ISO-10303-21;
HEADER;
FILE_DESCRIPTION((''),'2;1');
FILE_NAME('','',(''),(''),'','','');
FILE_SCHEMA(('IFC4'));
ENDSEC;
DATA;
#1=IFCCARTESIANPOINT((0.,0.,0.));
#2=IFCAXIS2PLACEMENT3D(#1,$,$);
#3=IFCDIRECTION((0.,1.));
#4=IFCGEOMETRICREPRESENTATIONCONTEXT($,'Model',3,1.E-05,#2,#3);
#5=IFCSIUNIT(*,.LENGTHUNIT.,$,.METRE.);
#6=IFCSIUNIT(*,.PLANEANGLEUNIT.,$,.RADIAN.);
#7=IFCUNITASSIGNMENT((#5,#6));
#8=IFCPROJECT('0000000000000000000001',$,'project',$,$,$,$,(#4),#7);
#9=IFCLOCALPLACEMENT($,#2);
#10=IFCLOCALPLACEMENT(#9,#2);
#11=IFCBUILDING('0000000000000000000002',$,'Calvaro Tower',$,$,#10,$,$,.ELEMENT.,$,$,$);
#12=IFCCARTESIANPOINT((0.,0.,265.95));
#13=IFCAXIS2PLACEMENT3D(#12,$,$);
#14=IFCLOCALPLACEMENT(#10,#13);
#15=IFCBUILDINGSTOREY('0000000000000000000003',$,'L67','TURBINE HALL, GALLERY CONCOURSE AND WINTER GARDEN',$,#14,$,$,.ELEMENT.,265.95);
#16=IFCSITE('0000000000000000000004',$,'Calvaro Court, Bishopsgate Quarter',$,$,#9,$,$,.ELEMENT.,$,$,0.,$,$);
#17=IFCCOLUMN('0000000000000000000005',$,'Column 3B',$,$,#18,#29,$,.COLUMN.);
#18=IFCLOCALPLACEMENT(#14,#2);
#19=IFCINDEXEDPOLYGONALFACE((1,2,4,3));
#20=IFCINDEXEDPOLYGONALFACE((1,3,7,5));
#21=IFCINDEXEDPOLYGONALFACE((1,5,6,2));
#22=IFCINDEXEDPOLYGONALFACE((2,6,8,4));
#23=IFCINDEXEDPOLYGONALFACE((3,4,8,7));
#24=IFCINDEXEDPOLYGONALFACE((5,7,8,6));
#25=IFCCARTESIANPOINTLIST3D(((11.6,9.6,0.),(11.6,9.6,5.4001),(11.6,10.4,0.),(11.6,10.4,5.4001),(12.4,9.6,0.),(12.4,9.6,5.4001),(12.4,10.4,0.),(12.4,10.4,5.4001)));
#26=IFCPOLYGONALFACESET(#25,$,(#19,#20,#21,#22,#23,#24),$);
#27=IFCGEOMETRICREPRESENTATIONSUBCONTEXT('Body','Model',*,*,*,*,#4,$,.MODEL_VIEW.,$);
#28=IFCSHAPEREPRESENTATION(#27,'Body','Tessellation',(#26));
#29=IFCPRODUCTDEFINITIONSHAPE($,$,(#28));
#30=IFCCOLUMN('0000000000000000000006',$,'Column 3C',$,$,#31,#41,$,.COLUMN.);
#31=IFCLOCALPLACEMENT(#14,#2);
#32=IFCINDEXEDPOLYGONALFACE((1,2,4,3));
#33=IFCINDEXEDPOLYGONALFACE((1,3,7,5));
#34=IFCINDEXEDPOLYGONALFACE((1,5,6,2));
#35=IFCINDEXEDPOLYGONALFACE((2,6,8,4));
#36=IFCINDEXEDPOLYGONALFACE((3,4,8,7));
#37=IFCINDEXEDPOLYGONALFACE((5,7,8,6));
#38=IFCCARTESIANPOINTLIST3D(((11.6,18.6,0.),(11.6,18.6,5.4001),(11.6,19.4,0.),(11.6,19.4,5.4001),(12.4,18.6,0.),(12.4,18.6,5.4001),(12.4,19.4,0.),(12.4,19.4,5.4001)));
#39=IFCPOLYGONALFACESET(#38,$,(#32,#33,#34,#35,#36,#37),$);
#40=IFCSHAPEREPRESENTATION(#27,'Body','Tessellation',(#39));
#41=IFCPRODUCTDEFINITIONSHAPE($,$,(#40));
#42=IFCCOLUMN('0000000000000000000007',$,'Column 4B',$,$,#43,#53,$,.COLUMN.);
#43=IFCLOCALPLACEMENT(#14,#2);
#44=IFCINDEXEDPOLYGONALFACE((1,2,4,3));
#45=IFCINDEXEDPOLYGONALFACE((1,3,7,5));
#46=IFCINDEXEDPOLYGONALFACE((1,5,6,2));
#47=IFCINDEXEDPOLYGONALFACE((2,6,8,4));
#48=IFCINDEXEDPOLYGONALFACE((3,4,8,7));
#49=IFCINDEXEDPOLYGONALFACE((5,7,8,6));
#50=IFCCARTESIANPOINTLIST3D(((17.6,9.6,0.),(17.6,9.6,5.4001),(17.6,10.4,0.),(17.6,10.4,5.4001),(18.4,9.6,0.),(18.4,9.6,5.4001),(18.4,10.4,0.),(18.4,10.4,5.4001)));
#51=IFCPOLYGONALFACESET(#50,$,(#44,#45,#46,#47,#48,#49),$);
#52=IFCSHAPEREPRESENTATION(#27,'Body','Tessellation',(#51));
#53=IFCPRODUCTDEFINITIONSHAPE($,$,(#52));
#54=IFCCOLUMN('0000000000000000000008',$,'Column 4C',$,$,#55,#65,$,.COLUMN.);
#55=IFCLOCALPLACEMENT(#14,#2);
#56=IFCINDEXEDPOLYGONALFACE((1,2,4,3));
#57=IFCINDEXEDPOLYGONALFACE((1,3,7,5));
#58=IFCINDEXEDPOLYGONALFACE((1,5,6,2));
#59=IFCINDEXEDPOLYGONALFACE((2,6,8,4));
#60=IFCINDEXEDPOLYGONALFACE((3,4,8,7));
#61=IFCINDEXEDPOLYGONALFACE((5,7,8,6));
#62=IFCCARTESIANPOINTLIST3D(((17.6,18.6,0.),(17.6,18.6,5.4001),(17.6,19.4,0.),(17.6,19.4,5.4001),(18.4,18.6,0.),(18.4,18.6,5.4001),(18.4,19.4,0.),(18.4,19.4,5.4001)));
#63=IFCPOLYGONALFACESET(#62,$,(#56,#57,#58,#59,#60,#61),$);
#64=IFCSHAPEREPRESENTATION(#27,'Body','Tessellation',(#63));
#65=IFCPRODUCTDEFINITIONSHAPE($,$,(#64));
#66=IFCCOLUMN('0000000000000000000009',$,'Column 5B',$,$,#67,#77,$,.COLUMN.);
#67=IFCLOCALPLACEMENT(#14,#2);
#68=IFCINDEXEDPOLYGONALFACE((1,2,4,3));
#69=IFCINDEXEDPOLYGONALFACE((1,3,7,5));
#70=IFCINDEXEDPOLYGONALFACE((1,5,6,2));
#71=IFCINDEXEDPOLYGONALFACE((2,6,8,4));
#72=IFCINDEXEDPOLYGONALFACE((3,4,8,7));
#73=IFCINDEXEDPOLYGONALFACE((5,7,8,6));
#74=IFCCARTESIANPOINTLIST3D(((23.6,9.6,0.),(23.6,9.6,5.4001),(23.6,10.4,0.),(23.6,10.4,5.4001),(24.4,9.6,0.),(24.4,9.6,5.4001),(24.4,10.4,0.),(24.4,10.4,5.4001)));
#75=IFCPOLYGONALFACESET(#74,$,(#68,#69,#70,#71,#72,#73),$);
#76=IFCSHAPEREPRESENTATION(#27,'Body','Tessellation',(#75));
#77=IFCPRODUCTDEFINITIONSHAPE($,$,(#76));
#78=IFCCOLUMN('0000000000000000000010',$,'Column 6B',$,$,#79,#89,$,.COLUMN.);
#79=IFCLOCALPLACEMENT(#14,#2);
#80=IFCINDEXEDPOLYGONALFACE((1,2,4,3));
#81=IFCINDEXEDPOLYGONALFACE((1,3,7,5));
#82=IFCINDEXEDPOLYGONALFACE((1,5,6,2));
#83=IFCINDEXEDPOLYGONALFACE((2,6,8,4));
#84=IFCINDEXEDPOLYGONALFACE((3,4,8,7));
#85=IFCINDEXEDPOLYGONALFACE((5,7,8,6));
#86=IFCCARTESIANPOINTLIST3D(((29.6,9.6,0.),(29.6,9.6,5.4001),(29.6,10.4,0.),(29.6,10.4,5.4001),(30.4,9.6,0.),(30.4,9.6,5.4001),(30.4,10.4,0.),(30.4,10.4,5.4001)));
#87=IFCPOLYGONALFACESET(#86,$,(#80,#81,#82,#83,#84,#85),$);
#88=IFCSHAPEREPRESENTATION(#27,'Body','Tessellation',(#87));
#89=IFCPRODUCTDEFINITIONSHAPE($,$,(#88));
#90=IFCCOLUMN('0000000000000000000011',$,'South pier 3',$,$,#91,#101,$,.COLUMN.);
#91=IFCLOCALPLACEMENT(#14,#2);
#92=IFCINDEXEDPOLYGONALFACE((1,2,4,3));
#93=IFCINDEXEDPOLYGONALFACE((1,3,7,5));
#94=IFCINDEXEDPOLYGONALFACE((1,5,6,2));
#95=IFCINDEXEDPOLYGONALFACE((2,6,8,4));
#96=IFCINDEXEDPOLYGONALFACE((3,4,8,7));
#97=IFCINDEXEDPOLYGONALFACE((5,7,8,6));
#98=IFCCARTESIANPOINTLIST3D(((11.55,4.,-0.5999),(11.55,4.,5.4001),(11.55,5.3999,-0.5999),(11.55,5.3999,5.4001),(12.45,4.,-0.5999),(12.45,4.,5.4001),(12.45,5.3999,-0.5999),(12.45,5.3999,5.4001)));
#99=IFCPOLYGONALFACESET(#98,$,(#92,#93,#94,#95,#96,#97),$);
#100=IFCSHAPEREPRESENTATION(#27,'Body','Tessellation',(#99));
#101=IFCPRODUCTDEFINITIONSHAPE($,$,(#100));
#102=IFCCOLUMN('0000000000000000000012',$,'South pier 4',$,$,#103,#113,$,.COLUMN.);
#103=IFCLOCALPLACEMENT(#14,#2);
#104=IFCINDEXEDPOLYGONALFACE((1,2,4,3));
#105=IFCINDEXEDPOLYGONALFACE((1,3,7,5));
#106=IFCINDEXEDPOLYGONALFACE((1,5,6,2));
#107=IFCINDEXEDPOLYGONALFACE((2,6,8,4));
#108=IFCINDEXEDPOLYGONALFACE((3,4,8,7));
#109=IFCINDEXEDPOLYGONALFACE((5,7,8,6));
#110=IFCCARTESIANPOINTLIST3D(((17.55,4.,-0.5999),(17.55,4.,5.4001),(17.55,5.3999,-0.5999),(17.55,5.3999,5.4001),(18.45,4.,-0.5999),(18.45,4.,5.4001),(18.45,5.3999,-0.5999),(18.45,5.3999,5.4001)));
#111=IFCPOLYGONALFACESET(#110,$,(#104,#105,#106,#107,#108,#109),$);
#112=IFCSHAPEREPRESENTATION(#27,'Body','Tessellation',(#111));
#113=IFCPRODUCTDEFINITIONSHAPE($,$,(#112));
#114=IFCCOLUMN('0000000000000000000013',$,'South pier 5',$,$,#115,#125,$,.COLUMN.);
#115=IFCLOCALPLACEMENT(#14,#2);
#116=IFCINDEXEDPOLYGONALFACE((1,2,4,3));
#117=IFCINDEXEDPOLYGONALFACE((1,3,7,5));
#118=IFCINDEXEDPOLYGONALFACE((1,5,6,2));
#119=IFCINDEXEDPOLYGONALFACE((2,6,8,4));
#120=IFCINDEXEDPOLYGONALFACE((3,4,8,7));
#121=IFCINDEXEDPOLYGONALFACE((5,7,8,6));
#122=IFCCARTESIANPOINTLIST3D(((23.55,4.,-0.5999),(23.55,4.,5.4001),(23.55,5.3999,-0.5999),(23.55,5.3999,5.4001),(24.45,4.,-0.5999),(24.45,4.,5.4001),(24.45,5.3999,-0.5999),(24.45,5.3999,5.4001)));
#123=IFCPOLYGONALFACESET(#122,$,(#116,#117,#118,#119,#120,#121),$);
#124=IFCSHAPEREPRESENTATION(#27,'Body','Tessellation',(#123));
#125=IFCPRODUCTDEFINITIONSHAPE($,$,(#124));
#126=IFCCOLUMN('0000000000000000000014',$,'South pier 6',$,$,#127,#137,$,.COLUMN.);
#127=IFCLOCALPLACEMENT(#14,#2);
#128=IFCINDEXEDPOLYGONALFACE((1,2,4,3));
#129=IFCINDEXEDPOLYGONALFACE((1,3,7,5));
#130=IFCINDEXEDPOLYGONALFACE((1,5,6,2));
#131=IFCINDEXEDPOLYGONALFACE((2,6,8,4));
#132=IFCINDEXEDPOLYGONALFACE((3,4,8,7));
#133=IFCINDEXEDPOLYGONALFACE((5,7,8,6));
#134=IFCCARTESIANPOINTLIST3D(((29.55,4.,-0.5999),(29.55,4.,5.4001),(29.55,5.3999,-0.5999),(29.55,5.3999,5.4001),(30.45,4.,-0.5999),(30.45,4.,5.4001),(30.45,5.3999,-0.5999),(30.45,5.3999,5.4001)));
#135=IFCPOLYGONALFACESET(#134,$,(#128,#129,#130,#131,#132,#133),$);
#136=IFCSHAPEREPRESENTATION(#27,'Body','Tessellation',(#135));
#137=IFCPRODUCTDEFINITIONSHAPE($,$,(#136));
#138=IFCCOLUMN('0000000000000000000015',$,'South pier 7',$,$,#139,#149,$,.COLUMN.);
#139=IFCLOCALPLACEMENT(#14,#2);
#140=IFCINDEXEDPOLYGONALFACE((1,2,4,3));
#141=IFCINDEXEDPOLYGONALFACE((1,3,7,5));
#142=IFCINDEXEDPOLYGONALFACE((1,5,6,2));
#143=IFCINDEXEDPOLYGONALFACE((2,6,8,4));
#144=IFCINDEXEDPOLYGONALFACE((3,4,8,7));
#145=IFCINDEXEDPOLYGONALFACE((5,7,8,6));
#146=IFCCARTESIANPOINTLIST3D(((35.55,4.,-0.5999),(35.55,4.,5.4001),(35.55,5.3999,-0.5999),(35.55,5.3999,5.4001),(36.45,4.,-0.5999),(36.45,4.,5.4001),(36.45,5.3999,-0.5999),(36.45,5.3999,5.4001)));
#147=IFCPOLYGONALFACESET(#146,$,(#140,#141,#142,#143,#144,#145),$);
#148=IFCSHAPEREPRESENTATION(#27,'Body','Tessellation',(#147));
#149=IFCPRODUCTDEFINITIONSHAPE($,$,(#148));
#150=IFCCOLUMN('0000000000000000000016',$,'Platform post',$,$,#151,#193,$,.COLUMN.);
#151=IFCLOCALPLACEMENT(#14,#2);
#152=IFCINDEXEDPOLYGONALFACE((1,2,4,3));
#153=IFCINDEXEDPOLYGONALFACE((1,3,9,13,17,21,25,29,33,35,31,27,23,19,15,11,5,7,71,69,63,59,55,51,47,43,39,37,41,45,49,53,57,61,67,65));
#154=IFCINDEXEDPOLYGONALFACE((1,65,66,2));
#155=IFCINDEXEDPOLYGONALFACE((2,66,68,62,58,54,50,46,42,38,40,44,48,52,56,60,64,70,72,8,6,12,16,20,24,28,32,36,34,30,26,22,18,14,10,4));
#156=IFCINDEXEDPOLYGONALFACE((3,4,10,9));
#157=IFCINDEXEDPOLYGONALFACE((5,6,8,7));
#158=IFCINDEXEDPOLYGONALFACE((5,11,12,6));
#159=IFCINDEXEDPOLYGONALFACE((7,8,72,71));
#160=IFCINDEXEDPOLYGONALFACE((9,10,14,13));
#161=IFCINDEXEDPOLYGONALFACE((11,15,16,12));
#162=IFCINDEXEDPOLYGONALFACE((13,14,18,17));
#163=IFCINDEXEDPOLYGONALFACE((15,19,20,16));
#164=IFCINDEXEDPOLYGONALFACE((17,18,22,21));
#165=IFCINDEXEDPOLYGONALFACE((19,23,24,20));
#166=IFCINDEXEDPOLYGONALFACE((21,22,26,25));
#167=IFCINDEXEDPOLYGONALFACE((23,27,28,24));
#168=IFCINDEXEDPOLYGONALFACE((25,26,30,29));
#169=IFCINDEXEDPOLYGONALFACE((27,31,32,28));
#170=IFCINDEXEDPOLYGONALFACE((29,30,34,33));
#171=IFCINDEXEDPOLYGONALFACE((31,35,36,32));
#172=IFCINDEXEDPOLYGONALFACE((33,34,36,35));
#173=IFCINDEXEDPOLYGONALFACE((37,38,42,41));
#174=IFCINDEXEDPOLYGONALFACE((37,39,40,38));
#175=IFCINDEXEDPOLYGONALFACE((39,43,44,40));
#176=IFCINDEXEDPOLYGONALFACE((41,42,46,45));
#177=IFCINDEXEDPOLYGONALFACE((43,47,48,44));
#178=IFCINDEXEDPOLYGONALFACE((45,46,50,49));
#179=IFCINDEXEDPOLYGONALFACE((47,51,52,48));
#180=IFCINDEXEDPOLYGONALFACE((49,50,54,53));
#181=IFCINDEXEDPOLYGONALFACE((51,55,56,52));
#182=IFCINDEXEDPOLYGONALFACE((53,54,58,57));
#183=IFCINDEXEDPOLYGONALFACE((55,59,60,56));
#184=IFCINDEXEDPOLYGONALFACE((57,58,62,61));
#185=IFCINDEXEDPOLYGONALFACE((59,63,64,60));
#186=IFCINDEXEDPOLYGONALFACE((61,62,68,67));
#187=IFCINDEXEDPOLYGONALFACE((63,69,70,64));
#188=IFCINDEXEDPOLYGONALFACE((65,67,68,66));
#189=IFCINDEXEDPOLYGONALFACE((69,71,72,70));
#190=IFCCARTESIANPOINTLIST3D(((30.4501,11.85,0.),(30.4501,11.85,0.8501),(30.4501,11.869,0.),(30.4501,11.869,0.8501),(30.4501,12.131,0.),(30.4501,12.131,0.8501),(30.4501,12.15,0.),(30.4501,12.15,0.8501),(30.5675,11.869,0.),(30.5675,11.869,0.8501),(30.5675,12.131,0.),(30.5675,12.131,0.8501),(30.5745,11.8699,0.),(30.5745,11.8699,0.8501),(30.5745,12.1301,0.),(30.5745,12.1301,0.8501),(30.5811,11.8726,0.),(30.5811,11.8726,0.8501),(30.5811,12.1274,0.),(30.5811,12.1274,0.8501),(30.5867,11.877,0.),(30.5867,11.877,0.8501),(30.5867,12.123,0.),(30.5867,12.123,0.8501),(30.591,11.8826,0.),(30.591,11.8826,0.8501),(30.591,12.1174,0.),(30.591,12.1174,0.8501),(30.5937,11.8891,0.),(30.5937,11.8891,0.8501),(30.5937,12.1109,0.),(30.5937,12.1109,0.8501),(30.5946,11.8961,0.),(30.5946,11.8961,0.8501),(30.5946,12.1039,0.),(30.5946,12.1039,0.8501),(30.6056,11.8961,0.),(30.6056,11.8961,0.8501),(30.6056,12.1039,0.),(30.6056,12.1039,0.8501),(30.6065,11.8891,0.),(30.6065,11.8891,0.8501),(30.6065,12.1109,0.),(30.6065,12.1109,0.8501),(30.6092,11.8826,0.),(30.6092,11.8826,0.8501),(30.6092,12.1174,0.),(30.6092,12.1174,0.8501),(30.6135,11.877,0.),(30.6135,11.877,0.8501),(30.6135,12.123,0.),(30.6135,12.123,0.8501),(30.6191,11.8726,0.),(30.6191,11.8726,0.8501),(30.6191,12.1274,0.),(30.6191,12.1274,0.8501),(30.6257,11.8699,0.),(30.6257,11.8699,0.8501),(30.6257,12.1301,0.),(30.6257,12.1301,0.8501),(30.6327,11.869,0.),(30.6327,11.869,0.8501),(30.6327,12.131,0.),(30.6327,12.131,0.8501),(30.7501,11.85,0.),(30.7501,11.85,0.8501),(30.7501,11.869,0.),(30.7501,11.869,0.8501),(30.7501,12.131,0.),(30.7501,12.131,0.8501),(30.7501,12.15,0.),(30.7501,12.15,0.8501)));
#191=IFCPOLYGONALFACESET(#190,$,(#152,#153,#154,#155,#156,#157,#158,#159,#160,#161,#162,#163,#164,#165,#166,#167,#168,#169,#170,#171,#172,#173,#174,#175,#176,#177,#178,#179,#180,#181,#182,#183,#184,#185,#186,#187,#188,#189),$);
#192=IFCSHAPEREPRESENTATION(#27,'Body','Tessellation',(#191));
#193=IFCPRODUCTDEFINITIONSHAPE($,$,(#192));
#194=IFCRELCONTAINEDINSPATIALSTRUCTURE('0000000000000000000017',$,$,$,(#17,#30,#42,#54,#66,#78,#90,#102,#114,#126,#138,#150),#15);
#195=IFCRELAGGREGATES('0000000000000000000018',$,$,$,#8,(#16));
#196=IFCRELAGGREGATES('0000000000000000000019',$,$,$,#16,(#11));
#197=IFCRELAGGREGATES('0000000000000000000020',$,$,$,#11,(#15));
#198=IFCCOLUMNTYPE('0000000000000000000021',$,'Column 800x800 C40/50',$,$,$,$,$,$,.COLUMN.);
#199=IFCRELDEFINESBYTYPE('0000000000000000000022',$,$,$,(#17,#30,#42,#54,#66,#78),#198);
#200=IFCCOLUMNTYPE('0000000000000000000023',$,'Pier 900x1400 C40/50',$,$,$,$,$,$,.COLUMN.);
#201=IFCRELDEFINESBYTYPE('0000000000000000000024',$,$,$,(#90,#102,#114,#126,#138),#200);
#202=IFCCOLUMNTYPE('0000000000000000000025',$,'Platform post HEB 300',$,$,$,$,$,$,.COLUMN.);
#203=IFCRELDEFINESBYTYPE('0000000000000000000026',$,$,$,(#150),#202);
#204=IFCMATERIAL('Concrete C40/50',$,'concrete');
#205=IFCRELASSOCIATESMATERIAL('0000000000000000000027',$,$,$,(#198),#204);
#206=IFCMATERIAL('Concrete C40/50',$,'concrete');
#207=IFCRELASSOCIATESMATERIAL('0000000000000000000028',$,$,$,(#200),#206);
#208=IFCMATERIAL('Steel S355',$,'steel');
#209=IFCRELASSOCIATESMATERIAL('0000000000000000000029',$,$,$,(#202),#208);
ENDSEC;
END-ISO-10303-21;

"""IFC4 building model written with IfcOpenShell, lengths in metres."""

from ifc_helpers import new_model, si_unit, direction, frame, origin, origin_2d, place, context, subcontext, project, spatial, rectangle, i_section, extrude, material, material_profile, profile_set, type_object, element, save


model = new_model("IFC4")

# Units and contexts
model_context = context("Model", 3, precision=1e-05, world=origin(), true_north=direction((0.0, 1.0)))
body_context = subcontext(model_context, "Body", "Model", "MODEL_VIEW")
ifc_project = project(units=[si_unit("LENGTHUNIT", "METRE"), si_unit("PLANEANGLEUNIT", "RADIAN")], contexts=[model_context])

# Site, building, storey
site_placement = place(None, origin())
site = spatial("IfcSite", under=ifc_project, at=site_placement, Name="Calvaro Court, Bishopsgate Quarter", CompositionType="ELEMENT", RefElevation=0.0)
building_placement = place(site_placement, origin())
building = spatial("IfcBuilding", under=site, at=building_placement, Name="Calvaro Tower", CompositionType="ELEMENT")
storey_placement = place(building_placement, frame((0.0, 0.0, 265.95)))
storey = spatial("IfcBuildingStorey", under=building, at=storey_placement, Name="L67", Description="TURBINE HALL, GALLERY CONCOURSE AND WINTER GARDEN", CompositionType="ELEMENT", Elevation=265.95)

# Columns
ifc_material_1 = material(Name="Concrete C40/50", Category="concrete")
ifc_material_profile_1 = material_profile(ifc_material_1, rectangle(XDim=0.8, YDim=0.8, at=origin_2d()), Name="RC 800x800")
ifc_profile_set_1 = profile_set([ifc_material_profile_1], Name="Concrete C40/50")
column_type_1 = type_object("IfcColumnType", Name="Column 800x800 C40/50", PredefinedType="COLUMN", material=ifc_profile_set_1)
for number, where, z_axis, x_axis, name in (
    (1, (12.0, 10.0, 0.0), (0.0, 0.0, 1.0), (1.0, 0.0, 0.0), "Column 3B"),
    (2, (12.0, 19.0, 0.0), (0.0, 0.0, 1.0), (1.0, 0.0, 0.0), "Column 3C"),
    (3, (18.0, 10.0, 0.0), (0.0, 0.0, 1.0), (1.0, 0.0, 0.0), "Column 4B"),
    (4, (18.0, 19.0, 0.0), (0.0, 0.0, 1.0), (1.0, 0.0, 0.0), "Column 4C"),
    (5, (24.0, 10.0, 0.0), (0.0, 0.0, 1.0), (1.0, 0.0, 0.0), "Column 5B"),
    (6, (30.0, 10.0, 0.0), (0.0, 0.0, 1.0), (1.0, 0.0, 0.0), "Column 6B"),
):
    element("IfcColumn", number, at=place(storey_placement, frame(where, z_axis=z_axis, x_axis=x_axis)), inside=storey, type_object=column_type_1, Name=name, PredefinedType="COLUMN", context=body_context, shape_type="SweptSolid", body=[
        extrude(rectangle(XDim=0.8, YDim=0.8, at=origin_2d()), origin(), (0.0, 0.0, 1.0), 5.4001),
    ])
ifc_material_2 = material(Name="Concrete C40/50", Category="concrete")
ifc_material_profile_2 = material_profile(ifc_material_2, rectangle(XDim=0.8999, YDim=1.3999, at=origin_2d()), Name="RC 900x1400")
ifc_profile_set_2 = profile_set([ifc_material_profile_2], Name="Concrete C40/50")
column_type_2 = type_object("IfcColumnType", Name="Pier 900x1400 C40/50", PredefinedType="COLUMN", material=ifc_profile_set_2)
for number, where, z_axis, x_axis, name in (
    (7, (12.0, 4.7, -0.5999), (0.0, 0.0, 1.0), (1.0, 0.0, 0.0), "South pier 3"),
    (8, (18.0, 4.7, -0.5999), (0.0, 0.0, 1.0), (1.0, 0.0, 0.0), "South pier 4"),
    (9, (24.0, 4.7, -0.5999), (0.0, 0.0, 1.0), (1.0, 0.0, 0.0), "South pier 5"),
    (10, (30.0, 4.7, -0.5999), (0.0, 0.0, 1.0), (1.0, 0.0, 0.0), "South pier 6"),
    (11, (36.0, 4.7, -0.5999), (0.0, 0.0, 1.0), (1.0, 0.0, 0.0), "South pier 7"),
):
    element("IfcColumn", number, at=place(storey_placement, frame(where, z_axis=z_axis, x_axis=x_axis)), inside=storey, type_object=column_type_2, Name=name, PredefinedType="COLUMN", context=body_context, shape_type="SweptSolid", body=[
        extrude(rectangle(XDim=0.8999, YDim=1.3999, at=origin_2d()), origin(), (0.0, 0.0, 1.0), 6.0),
    ])
ifc_material_3 = material(Name="Steel S355", Category="steel")
ifc_material_profile_3 = material_profile(ifc_material_3, i_section(OverallWidth=0.3, OverallDepth=0.3, WebThickness=0.011, FlangeThickness=0.019, FilletRadius=0.0271, at=origin_2d()), Name="HEB 300")
ifc_profile_set_3 = profile_set([ifc_material_profile_3], Name="Steel S355")
column_type_3 = type_object("IfcColumnType", Name="Platform post HEB 300", PredefinedType="COLUMN", material=ifc_profile_set_3)
for number, where, z_axis, x_axis, name in (
    (12, (30.6001, 12.0, 0.0), (0.0, 0.0, 1.0), (1.0, 0.0, 0.0), "Platform post"),
):
    element("IfcColumn", number, at=place(storey_placement, frame(where, z_axis=z_axis, x_axis=x_axis)), inside=storey, type_object=column_type_3, Name=name, PredefinedType="COLUMN", context=body_context, shape_type="SweptSolid", body=[
        extrude(i_section(OverallWidth=0.3, OverallDepth=0.3, WebThickness=0.011, FlangeThickness=0.019, FilletRadius=0.0271, at=origin_2d()), origin(), (0.0, 0.0, 1.0), 0.8501),
    ])

save(model, "model.ifc")
